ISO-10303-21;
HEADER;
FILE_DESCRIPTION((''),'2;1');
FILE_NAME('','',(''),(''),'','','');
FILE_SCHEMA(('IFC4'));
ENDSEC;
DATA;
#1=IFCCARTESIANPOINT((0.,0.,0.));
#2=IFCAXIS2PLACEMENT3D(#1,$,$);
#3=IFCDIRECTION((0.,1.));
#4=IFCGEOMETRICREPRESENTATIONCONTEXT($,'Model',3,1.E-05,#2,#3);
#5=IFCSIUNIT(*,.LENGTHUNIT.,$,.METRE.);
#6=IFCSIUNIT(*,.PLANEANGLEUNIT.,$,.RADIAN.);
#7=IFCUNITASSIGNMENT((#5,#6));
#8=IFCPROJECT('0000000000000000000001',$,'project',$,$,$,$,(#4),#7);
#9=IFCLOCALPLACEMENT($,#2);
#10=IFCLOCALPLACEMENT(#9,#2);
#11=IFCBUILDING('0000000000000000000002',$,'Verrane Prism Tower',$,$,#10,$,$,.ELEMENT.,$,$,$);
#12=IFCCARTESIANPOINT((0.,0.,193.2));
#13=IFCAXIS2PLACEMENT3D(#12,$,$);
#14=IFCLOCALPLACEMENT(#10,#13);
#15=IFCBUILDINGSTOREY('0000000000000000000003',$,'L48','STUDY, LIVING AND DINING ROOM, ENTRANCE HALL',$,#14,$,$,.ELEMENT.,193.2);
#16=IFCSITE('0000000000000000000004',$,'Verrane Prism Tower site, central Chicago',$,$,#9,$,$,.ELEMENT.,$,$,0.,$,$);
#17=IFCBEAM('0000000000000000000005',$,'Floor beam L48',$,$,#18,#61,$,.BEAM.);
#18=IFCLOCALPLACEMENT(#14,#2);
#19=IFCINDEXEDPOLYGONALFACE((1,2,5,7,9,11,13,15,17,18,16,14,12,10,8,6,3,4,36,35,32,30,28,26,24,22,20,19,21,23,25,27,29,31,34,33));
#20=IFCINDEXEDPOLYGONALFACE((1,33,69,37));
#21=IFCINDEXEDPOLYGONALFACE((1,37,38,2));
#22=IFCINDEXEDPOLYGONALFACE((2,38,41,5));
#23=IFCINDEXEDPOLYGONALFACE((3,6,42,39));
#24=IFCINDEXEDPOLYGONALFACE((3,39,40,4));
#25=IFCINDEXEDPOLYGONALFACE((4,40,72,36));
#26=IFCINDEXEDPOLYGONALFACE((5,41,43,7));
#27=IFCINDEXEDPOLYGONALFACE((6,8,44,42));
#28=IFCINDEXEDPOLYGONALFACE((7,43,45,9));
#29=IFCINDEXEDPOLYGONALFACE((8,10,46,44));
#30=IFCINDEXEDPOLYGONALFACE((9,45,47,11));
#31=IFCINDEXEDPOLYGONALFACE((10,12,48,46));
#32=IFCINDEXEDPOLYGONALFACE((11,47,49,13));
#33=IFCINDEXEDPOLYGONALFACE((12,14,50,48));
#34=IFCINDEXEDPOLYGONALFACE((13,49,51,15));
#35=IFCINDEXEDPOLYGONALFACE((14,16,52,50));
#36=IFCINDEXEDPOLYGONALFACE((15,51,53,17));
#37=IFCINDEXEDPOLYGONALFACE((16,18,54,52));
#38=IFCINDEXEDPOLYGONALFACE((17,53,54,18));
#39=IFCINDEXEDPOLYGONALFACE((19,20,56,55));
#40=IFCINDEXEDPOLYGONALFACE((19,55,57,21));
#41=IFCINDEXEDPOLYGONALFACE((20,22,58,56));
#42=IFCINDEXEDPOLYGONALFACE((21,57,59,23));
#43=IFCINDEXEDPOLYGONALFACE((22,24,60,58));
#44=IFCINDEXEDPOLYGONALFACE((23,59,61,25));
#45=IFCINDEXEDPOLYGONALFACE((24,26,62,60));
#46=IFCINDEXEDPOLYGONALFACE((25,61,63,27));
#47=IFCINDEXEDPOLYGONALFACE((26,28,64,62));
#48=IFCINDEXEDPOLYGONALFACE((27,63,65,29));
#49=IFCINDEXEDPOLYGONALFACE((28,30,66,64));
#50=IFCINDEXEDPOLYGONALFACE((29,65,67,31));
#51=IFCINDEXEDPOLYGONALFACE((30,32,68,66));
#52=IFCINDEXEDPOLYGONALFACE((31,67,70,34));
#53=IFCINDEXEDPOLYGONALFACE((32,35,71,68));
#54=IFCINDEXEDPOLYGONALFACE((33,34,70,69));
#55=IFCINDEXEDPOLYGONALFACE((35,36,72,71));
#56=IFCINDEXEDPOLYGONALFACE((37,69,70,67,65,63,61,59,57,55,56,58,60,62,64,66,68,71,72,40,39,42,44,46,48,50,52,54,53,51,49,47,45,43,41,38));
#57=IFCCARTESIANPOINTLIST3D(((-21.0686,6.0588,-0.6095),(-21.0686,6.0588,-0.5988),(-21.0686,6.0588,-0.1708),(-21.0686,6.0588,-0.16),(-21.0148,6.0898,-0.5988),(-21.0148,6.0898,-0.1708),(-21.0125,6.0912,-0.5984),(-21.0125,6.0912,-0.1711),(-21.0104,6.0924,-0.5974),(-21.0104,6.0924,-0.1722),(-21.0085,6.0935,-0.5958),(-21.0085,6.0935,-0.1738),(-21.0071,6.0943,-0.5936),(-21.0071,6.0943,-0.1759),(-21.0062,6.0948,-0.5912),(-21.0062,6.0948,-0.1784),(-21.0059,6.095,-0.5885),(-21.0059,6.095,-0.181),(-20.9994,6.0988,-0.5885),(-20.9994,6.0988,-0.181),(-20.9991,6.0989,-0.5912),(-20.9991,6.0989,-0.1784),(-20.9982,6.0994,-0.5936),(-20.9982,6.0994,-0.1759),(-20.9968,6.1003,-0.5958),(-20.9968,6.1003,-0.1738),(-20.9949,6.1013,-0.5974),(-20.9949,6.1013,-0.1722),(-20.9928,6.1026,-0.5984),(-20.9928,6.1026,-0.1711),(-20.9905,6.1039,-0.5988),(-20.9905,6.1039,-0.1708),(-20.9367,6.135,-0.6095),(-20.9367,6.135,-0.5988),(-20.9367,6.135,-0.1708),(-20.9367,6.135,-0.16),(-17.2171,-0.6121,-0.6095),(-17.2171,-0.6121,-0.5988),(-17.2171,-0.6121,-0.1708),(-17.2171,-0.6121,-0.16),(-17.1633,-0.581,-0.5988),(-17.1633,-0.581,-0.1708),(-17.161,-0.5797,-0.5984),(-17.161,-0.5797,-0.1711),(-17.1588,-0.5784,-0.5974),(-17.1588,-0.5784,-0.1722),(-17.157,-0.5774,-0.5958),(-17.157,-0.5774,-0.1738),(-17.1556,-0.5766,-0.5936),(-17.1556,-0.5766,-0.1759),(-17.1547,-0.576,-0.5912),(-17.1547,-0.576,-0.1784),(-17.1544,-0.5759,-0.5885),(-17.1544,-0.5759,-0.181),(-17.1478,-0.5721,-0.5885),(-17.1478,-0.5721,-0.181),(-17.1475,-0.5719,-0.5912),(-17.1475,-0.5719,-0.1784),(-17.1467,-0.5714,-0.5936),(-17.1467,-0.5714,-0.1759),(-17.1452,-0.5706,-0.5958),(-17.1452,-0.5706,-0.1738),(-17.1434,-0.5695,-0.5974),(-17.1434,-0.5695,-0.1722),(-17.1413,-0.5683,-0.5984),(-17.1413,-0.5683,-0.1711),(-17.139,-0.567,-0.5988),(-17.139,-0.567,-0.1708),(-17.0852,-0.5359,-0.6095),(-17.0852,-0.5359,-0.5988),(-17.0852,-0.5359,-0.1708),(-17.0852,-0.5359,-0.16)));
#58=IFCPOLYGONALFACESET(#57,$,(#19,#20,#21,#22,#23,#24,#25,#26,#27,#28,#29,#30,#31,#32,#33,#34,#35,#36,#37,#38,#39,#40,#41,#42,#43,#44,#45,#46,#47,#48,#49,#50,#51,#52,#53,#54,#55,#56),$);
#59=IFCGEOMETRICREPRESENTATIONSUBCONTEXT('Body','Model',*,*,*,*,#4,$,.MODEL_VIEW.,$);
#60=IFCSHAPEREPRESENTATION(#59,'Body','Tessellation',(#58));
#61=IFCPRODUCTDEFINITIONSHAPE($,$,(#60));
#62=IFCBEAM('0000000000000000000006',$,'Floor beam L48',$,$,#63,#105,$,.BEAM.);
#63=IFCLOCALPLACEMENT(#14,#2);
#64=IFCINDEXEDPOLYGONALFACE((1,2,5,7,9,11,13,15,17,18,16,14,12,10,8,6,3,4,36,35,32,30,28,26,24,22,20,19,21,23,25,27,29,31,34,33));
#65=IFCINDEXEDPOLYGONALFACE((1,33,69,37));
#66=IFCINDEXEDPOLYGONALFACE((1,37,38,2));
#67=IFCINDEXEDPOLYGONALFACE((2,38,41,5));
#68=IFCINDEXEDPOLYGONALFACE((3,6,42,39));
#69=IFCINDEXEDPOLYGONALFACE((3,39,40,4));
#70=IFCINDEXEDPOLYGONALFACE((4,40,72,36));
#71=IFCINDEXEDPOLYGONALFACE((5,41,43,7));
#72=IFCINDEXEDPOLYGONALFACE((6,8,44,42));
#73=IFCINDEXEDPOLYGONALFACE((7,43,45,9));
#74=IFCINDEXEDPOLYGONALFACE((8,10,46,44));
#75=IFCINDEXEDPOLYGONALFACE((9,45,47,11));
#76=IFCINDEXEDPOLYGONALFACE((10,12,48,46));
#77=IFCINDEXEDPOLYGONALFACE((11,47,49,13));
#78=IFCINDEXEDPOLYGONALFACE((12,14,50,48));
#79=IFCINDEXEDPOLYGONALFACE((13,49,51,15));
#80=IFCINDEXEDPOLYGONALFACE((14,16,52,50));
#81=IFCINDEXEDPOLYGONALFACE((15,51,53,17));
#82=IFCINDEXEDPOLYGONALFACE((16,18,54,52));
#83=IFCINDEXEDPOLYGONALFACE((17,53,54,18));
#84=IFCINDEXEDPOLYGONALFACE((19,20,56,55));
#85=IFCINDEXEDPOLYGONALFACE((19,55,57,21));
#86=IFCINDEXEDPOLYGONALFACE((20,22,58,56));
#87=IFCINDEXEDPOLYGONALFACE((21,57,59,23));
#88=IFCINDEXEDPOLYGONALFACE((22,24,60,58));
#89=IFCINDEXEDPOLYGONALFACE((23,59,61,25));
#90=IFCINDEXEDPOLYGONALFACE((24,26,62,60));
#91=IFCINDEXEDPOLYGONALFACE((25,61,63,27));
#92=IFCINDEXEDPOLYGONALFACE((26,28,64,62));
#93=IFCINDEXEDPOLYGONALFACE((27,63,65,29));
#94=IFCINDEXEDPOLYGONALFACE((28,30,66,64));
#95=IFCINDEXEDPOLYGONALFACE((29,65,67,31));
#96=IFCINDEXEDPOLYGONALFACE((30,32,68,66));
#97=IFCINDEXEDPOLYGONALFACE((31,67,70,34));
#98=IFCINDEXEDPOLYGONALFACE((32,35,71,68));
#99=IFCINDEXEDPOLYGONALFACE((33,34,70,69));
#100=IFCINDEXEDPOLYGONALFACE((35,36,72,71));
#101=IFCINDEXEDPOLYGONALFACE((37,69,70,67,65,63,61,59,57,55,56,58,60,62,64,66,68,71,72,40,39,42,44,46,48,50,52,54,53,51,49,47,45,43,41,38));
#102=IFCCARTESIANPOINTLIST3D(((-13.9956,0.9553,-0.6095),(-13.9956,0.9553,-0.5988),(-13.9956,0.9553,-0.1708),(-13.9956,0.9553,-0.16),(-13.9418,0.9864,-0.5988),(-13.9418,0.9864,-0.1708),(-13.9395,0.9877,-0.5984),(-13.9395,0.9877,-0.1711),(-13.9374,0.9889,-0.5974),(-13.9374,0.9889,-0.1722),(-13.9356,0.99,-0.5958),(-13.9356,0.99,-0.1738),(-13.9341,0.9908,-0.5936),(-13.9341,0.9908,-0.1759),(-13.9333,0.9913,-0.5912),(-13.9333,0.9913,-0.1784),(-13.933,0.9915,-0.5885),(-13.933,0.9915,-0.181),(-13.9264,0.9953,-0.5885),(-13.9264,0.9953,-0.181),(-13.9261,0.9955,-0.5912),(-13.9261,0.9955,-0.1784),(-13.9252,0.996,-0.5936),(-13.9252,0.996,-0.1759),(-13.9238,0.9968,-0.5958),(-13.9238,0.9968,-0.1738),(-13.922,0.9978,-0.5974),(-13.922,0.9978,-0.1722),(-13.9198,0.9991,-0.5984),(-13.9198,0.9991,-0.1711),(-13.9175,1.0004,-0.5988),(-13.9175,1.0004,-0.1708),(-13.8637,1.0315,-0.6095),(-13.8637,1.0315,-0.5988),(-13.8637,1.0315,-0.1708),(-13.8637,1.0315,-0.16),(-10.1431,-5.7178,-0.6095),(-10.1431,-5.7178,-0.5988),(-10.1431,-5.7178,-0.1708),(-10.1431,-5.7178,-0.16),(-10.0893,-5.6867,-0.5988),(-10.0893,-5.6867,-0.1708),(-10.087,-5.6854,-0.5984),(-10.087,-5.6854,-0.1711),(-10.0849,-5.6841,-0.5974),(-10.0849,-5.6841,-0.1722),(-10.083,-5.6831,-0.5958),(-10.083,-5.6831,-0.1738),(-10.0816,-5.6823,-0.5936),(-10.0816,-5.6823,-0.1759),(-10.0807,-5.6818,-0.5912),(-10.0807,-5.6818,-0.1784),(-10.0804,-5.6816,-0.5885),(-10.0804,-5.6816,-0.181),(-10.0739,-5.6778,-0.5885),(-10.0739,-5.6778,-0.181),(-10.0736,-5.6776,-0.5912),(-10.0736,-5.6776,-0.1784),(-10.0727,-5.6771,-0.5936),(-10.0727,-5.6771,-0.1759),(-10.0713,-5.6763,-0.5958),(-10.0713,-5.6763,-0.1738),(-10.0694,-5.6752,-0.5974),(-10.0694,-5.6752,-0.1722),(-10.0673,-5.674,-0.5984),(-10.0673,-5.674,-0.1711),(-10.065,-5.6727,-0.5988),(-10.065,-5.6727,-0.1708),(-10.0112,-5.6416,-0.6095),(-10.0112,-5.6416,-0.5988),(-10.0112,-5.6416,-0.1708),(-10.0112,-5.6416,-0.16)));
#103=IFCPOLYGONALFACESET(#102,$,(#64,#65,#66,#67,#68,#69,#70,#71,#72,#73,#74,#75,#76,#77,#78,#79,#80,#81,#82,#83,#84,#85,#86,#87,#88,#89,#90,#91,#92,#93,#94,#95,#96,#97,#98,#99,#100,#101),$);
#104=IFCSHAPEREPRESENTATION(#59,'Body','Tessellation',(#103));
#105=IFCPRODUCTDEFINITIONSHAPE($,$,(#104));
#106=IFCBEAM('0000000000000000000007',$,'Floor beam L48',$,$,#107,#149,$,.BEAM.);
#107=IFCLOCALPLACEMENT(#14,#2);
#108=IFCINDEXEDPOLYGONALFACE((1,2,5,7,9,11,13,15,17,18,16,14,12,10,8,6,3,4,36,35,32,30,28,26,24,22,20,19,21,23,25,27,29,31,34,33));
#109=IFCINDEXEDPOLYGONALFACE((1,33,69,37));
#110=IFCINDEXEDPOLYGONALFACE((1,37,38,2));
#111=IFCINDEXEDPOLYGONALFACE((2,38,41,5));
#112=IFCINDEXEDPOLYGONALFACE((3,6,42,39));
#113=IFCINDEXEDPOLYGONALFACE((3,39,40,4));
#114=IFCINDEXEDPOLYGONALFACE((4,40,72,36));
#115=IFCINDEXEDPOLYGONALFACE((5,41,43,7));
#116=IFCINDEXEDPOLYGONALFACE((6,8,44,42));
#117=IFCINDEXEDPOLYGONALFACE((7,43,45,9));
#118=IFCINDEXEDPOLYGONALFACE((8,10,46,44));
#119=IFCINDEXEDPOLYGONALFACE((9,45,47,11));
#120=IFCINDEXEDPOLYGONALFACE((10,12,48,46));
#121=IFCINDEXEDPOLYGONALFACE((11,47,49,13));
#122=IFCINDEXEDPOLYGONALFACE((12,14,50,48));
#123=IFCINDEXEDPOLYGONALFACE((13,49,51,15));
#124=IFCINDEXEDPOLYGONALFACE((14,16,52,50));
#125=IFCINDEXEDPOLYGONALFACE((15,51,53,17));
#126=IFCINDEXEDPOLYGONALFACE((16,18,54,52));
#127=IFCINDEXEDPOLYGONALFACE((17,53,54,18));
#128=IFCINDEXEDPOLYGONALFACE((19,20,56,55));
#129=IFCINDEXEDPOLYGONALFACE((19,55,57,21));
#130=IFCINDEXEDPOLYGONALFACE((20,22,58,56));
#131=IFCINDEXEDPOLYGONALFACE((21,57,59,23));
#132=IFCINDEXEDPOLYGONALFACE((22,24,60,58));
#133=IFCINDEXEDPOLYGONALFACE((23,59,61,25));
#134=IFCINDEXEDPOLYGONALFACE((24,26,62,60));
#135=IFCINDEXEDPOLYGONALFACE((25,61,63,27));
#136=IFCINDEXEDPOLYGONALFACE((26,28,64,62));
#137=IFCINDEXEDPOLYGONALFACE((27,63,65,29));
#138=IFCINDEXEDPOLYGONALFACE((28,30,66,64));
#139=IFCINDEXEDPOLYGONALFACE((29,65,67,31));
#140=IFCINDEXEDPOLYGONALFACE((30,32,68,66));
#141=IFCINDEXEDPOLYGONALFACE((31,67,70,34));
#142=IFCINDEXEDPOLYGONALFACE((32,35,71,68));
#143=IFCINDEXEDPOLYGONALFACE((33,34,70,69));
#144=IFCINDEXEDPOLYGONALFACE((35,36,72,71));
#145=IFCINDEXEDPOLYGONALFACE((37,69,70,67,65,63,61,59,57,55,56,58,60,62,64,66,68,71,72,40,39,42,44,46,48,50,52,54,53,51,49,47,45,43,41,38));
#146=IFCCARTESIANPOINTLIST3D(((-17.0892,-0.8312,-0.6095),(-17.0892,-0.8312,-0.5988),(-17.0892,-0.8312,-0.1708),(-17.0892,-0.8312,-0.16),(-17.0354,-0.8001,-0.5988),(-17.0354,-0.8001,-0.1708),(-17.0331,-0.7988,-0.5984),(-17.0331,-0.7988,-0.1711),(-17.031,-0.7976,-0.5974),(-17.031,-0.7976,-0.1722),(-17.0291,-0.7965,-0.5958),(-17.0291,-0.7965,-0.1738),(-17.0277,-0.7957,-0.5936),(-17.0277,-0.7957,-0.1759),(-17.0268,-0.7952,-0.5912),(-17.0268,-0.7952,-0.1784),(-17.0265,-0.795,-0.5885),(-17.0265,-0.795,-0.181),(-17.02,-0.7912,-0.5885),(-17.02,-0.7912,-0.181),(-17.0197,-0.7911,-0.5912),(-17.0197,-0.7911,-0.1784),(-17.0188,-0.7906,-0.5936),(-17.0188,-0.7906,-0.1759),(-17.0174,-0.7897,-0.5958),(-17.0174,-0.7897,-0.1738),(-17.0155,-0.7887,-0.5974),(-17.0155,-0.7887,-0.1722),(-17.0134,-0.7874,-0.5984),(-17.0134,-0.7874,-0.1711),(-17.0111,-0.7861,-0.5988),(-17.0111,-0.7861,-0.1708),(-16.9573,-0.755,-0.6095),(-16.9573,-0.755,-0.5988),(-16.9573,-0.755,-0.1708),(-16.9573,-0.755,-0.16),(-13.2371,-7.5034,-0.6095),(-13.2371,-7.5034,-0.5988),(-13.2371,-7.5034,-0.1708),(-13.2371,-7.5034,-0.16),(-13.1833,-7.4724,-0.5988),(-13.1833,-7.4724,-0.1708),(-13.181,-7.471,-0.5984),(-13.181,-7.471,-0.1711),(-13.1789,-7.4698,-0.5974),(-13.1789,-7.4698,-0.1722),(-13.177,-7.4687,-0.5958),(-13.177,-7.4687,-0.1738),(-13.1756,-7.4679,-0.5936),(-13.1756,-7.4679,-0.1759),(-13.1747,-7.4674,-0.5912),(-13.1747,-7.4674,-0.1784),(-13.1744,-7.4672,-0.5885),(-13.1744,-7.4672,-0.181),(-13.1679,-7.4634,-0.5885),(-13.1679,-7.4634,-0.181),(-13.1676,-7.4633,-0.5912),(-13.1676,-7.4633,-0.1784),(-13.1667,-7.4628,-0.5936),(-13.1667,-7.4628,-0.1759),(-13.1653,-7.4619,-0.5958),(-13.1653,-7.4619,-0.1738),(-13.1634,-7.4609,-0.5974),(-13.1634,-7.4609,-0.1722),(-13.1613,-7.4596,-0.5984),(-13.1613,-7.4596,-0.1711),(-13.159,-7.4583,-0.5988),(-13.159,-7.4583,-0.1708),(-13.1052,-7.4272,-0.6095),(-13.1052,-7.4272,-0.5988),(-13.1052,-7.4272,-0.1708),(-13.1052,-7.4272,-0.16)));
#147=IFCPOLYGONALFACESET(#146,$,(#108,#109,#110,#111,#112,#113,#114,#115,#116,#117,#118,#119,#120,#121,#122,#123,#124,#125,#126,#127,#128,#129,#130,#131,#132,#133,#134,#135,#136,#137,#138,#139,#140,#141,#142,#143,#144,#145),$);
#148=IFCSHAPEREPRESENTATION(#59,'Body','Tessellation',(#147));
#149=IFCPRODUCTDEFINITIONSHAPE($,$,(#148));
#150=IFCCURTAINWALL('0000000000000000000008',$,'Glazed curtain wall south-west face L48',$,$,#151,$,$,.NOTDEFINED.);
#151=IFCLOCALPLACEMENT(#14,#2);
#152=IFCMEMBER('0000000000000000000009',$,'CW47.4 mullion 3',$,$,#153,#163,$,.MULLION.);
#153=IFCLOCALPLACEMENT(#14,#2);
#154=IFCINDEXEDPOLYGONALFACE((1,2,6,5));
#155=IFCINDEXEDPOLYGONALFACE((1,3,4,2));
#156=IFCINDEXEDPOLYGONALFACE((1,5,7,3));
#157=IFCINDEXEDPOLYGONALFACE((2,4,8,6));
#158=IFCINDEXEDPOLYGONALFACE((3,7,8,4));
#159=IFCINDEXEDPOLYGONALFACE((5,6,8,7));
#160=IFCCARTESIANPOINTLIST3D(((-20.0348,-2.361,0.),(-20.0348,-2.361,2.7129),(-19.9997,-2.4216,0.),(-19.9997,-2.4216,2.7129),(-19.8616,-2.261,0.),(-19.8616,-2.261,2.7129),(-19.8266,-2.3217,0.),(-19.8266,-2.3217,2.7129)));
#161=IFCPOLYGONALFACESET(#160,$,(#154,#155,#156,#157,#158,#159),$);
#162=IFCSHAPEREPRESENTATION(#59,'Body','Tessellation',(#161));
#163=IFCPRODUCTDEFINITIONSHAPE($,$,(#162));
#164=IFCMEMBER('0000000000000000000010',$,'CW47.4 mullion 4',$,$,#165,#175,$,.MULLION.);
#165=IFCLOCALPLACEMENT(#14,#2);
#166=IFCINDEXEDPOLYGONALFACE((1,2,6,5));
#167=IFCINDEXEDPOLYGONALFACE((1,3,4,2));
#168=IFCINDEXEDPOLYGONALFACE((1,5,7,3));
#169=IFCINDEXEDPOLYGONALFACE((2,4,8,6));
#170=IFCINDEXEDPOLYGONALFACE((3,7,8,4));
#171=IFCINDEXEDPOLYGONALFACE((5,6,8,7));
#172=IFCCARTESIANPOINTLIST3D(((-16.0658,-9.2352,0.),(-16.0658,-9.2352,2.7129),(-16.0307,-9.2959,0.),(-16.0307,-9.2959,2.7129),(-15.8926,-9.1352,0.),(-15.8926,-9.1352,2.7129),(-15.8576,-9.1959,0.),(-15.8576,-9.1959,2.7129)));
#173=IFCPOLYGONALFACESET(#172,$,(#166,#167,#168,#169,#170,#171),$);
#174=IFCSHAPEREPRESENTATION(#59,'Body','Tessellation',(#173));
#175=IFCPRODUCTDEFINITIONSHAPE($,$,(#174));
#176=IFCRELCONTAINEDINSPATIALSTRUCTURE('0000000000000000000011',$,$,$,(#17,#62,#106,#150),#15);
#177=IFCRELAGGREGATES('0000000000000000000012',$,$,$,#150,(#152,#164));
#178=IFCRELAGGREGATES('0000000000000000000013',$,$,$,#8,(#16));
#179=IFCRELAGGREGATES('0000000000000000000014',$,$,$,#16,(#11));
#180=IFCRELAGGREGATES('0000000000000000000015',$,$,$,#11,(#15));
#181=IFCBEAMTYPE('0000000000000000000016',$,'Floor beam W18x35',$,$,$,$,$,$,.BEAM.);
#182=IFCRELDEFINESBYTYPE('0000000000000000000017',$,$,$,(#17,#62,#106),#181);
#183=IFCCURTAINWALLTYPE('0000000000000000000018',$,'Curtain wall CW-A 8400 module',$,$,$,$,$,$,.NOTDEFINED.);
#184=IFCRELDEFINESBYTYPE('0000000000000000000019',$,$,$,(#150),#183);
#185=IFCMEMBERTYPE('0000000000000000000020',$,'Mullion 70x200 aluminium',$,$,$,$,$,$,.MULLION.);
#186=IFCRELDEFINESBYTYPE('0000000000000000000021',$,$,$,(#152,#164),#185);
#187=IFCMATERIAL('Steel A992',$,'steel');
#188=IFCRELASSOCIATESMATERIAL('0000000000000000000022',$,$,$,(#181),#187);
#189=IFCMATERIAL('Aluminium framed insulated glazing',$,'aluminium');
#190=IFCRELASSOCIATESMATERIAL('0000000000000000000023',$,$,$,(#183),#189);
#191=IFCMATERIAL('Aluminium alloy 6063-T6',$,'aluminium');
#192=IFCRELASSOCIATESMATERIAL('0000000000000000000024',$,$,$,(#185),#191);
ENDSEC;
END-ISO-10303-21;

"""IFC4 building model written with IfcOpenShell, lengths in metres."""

from ifc_helpers import new_model, si_unit, direction, frame, origin, origin_2d, place, context, subcontext, project, spatial, rectangle, i_section, extrude, material, material_profile, profile_set, type_object, element, aggregate, save


model = new_model("IFC4")

# Units and contexts
model_context = context("Model", 3, precision=1e-05, world=origin(), true_north=direction((0.0, 1.0)))
body_context = subcontext(model_context, "Body", "Model", "MODEL_VIEW")
ifc_project = project(units=[si_unit("LENGTHUNIT", "METRE"), si_unit("PLANEANGLEUNIT", "RADIAN")], contexts=[model_context])

# Site, building, storey
site_placement = place(None, origin())
site = spatial("IfcSite", under=ifc_project, at=site_placement, Name="Verrane Prism Tower site, central Chicago", CompositionType="ELEMENT", RefElevation=0.0)
building_placement = place(site_placement, origin())
building = spatial("IfcBuilding", under=site, at=building_placement, Name="Verrane Prism Tower", CompositionType="ELEMENT")
storey_placement = place(building_placement, frame((0.0, 0.0, 193.2)))
storey = spatial("IfcBuildingStorey", under=building, at=storey_placement, Name="L48", Description="STUDY, LIVING AND DINING ROOM, ENTRANCE HALL", CompositionType="ELEMENT", Elevation=193.2)

# Beams
ifc_material_1 = material(Name="Steel A992", Category="steel")
ifc_material_profile_1 = material_profile(ifc_material_1, i_section(OverallWidth=0.1523, OverallDepth=0.4495, WebThickness=0.0076, FlangeThickness=0.0107, FilletRadius=0.0103, at=origin_2d()), Name="W18x35")
ifc_profile_set_1 = profile_set([ifc_material_profile_1], Name="Steel A992")
beam_type_1 = type_object("IfcBeamType", Name="Floor beam W18x35", PredefinedType="BEAM", material=ifc_profile_set_1)
beam_1_placement = place(storey_placement, frame((-17.1511, -0.574, -0.3848), z_axis=(-0.500011, 0.866019, 0.0), x_axis=(-0.866019, -0.500011, 0.0)))
element("IfcBeam", 1, at=beam_1_placement, inside=storey, type_object=beam_type_1, Name="Floor beam L48", PredefinedType="BEAM", context=body_context, shape_type="SweptSolid", body=[
    extrude(i_section(OverallWidth=0.1523, OverallDepth=0.4495, WebThickness=0.0076, FlangeThickness=0.0107, FilletRadius=0.0103, at=origin_2d()), origin(), (0.0, 0.0, 1.0), 7.7029),
])
beam_2_placement = place(storey_placement, frame((-10.0771, -5.6797, -0.3848), z_axis=(-0.499983, 0.866035, 0.0), x_axis=(-0.866035, -0.499983, 0.0)))
element("IfcBeam", 2, at=beam_2_placement, inside=storey, type_object=beam_type_1, Name="Floor beam L48", PredefinedType="BEAM", context=body_context, shape_type="SweptSolid", body=[
    extrude(i_section(OverallWidth=0.1523, OverallDepth=0.4495, WebThickness=0.0076, FlangeThickness=0.0107, FilletRadius=0.0103, at=origin_2d()), origin(), (0.0, 0.0, 1.0), 7.7053),
])
beam_3_placement = place(storey_placement, frame((-13.1711, -7.4653, -0.3848), z_axis=(-0.49999, 0.866031, 0.0), x_axis=(-0.866031, -0.49999, 0.0)))
element("IfcBeam", 3, at=beam_3_placement, inside=storey, type_object=beam_type_1, Name="Floor beam L48", PredefinedType="BEAM", context=body_context, shape_type="SweptSolid", body=[
    extrude(i_section(OverallWidth=0.1523, OverallDepth=0.4495, WebThickness=0.0076, FlangeThickness=0.0107, FilletRadius=0.0103, at=origin_2d()), origin(), (0.0, 0.0, 1.0), 7.7043),
])

# Curtain wall, members
ifc_material_2 = material(Name="Aluminium framed insulated glazing", Category="aluminium")
curtain_wall_type = type_object("IfcCurtainWallType", Name="Curtain wall CW-A 8400 module", PredefinedType="NOTDEFINED", material=ifc_material_2)
curtain_wall_placement = place(storey_placement, origin())
curtain_wall = element("IfcCurtainWall", 4, at=curtain_wall_placement, inside=storey, type_object=curtain_wall_type, Name="Glazed curtain wall south-west face L48", PredefinedType="NOTDEFINED")
ifc_material_3 = material(Name="Aluminium alloy 6063-T6", Category="aluminium")
ifc_material_profile_2 = material_profile(ifc_material_3, rectangle(XDim=0.2, YDim=0.0701, at=origin_2d()), Name="Mullion 70x200 aluminium")
ifc_profile_set_2 = profile_set([ifc_material_profile_2], Name="Aluminium alloy 6063-T6")
member_type_1 = type_object("IfcMemberType", Name="Mullion 70x200 aluminium", PredefinedType="MULLION", material=ifc_profile_set_2)
member_1_placement = place(storey_placement, frame((-19.9307, -2.3413, 0.0), z_axis=(0.0, 0.0, 1.0), x_axis=(0.866026, 0.5, 0.0)))
member_1 = element("IfcMember", 5, at=member_1_placement, type_object=member_type_1, Name="CW47.4 mullion 3", PredefinedType="MULLION", context=body_context, shape_type="SweptSolid", body=[
    extrude(rectangle(XDim=0.2, YDim=0.0701, at=origin_2d()), origin(), (0.0, 0.0, 1.0), 2.7129),
])
member_2_placement = place(storey_placement, frame((-15.9617, -9.2156, 0.0), z_axis=(0.0, 0.0, 1.0), x_axis=(0.866026, 0.5, 0.0)))
member_2 = element("IfcMember", 6, at=member_2_placement, type_object=member_type_1, Name="CW47.4 mullion 4", PredefinedType="MULLION", context=body_context, shape_type="SweptSolid", body=[
    extrude(rectangle(XDim=0.2, YDim=0.0701, at=origin_2d()), origin(), (0.0, 0.0, 1.0), 2.7129),
])

aggregate(curtain_wall, [member_1, member_2])

save(model, "model.ifc")
